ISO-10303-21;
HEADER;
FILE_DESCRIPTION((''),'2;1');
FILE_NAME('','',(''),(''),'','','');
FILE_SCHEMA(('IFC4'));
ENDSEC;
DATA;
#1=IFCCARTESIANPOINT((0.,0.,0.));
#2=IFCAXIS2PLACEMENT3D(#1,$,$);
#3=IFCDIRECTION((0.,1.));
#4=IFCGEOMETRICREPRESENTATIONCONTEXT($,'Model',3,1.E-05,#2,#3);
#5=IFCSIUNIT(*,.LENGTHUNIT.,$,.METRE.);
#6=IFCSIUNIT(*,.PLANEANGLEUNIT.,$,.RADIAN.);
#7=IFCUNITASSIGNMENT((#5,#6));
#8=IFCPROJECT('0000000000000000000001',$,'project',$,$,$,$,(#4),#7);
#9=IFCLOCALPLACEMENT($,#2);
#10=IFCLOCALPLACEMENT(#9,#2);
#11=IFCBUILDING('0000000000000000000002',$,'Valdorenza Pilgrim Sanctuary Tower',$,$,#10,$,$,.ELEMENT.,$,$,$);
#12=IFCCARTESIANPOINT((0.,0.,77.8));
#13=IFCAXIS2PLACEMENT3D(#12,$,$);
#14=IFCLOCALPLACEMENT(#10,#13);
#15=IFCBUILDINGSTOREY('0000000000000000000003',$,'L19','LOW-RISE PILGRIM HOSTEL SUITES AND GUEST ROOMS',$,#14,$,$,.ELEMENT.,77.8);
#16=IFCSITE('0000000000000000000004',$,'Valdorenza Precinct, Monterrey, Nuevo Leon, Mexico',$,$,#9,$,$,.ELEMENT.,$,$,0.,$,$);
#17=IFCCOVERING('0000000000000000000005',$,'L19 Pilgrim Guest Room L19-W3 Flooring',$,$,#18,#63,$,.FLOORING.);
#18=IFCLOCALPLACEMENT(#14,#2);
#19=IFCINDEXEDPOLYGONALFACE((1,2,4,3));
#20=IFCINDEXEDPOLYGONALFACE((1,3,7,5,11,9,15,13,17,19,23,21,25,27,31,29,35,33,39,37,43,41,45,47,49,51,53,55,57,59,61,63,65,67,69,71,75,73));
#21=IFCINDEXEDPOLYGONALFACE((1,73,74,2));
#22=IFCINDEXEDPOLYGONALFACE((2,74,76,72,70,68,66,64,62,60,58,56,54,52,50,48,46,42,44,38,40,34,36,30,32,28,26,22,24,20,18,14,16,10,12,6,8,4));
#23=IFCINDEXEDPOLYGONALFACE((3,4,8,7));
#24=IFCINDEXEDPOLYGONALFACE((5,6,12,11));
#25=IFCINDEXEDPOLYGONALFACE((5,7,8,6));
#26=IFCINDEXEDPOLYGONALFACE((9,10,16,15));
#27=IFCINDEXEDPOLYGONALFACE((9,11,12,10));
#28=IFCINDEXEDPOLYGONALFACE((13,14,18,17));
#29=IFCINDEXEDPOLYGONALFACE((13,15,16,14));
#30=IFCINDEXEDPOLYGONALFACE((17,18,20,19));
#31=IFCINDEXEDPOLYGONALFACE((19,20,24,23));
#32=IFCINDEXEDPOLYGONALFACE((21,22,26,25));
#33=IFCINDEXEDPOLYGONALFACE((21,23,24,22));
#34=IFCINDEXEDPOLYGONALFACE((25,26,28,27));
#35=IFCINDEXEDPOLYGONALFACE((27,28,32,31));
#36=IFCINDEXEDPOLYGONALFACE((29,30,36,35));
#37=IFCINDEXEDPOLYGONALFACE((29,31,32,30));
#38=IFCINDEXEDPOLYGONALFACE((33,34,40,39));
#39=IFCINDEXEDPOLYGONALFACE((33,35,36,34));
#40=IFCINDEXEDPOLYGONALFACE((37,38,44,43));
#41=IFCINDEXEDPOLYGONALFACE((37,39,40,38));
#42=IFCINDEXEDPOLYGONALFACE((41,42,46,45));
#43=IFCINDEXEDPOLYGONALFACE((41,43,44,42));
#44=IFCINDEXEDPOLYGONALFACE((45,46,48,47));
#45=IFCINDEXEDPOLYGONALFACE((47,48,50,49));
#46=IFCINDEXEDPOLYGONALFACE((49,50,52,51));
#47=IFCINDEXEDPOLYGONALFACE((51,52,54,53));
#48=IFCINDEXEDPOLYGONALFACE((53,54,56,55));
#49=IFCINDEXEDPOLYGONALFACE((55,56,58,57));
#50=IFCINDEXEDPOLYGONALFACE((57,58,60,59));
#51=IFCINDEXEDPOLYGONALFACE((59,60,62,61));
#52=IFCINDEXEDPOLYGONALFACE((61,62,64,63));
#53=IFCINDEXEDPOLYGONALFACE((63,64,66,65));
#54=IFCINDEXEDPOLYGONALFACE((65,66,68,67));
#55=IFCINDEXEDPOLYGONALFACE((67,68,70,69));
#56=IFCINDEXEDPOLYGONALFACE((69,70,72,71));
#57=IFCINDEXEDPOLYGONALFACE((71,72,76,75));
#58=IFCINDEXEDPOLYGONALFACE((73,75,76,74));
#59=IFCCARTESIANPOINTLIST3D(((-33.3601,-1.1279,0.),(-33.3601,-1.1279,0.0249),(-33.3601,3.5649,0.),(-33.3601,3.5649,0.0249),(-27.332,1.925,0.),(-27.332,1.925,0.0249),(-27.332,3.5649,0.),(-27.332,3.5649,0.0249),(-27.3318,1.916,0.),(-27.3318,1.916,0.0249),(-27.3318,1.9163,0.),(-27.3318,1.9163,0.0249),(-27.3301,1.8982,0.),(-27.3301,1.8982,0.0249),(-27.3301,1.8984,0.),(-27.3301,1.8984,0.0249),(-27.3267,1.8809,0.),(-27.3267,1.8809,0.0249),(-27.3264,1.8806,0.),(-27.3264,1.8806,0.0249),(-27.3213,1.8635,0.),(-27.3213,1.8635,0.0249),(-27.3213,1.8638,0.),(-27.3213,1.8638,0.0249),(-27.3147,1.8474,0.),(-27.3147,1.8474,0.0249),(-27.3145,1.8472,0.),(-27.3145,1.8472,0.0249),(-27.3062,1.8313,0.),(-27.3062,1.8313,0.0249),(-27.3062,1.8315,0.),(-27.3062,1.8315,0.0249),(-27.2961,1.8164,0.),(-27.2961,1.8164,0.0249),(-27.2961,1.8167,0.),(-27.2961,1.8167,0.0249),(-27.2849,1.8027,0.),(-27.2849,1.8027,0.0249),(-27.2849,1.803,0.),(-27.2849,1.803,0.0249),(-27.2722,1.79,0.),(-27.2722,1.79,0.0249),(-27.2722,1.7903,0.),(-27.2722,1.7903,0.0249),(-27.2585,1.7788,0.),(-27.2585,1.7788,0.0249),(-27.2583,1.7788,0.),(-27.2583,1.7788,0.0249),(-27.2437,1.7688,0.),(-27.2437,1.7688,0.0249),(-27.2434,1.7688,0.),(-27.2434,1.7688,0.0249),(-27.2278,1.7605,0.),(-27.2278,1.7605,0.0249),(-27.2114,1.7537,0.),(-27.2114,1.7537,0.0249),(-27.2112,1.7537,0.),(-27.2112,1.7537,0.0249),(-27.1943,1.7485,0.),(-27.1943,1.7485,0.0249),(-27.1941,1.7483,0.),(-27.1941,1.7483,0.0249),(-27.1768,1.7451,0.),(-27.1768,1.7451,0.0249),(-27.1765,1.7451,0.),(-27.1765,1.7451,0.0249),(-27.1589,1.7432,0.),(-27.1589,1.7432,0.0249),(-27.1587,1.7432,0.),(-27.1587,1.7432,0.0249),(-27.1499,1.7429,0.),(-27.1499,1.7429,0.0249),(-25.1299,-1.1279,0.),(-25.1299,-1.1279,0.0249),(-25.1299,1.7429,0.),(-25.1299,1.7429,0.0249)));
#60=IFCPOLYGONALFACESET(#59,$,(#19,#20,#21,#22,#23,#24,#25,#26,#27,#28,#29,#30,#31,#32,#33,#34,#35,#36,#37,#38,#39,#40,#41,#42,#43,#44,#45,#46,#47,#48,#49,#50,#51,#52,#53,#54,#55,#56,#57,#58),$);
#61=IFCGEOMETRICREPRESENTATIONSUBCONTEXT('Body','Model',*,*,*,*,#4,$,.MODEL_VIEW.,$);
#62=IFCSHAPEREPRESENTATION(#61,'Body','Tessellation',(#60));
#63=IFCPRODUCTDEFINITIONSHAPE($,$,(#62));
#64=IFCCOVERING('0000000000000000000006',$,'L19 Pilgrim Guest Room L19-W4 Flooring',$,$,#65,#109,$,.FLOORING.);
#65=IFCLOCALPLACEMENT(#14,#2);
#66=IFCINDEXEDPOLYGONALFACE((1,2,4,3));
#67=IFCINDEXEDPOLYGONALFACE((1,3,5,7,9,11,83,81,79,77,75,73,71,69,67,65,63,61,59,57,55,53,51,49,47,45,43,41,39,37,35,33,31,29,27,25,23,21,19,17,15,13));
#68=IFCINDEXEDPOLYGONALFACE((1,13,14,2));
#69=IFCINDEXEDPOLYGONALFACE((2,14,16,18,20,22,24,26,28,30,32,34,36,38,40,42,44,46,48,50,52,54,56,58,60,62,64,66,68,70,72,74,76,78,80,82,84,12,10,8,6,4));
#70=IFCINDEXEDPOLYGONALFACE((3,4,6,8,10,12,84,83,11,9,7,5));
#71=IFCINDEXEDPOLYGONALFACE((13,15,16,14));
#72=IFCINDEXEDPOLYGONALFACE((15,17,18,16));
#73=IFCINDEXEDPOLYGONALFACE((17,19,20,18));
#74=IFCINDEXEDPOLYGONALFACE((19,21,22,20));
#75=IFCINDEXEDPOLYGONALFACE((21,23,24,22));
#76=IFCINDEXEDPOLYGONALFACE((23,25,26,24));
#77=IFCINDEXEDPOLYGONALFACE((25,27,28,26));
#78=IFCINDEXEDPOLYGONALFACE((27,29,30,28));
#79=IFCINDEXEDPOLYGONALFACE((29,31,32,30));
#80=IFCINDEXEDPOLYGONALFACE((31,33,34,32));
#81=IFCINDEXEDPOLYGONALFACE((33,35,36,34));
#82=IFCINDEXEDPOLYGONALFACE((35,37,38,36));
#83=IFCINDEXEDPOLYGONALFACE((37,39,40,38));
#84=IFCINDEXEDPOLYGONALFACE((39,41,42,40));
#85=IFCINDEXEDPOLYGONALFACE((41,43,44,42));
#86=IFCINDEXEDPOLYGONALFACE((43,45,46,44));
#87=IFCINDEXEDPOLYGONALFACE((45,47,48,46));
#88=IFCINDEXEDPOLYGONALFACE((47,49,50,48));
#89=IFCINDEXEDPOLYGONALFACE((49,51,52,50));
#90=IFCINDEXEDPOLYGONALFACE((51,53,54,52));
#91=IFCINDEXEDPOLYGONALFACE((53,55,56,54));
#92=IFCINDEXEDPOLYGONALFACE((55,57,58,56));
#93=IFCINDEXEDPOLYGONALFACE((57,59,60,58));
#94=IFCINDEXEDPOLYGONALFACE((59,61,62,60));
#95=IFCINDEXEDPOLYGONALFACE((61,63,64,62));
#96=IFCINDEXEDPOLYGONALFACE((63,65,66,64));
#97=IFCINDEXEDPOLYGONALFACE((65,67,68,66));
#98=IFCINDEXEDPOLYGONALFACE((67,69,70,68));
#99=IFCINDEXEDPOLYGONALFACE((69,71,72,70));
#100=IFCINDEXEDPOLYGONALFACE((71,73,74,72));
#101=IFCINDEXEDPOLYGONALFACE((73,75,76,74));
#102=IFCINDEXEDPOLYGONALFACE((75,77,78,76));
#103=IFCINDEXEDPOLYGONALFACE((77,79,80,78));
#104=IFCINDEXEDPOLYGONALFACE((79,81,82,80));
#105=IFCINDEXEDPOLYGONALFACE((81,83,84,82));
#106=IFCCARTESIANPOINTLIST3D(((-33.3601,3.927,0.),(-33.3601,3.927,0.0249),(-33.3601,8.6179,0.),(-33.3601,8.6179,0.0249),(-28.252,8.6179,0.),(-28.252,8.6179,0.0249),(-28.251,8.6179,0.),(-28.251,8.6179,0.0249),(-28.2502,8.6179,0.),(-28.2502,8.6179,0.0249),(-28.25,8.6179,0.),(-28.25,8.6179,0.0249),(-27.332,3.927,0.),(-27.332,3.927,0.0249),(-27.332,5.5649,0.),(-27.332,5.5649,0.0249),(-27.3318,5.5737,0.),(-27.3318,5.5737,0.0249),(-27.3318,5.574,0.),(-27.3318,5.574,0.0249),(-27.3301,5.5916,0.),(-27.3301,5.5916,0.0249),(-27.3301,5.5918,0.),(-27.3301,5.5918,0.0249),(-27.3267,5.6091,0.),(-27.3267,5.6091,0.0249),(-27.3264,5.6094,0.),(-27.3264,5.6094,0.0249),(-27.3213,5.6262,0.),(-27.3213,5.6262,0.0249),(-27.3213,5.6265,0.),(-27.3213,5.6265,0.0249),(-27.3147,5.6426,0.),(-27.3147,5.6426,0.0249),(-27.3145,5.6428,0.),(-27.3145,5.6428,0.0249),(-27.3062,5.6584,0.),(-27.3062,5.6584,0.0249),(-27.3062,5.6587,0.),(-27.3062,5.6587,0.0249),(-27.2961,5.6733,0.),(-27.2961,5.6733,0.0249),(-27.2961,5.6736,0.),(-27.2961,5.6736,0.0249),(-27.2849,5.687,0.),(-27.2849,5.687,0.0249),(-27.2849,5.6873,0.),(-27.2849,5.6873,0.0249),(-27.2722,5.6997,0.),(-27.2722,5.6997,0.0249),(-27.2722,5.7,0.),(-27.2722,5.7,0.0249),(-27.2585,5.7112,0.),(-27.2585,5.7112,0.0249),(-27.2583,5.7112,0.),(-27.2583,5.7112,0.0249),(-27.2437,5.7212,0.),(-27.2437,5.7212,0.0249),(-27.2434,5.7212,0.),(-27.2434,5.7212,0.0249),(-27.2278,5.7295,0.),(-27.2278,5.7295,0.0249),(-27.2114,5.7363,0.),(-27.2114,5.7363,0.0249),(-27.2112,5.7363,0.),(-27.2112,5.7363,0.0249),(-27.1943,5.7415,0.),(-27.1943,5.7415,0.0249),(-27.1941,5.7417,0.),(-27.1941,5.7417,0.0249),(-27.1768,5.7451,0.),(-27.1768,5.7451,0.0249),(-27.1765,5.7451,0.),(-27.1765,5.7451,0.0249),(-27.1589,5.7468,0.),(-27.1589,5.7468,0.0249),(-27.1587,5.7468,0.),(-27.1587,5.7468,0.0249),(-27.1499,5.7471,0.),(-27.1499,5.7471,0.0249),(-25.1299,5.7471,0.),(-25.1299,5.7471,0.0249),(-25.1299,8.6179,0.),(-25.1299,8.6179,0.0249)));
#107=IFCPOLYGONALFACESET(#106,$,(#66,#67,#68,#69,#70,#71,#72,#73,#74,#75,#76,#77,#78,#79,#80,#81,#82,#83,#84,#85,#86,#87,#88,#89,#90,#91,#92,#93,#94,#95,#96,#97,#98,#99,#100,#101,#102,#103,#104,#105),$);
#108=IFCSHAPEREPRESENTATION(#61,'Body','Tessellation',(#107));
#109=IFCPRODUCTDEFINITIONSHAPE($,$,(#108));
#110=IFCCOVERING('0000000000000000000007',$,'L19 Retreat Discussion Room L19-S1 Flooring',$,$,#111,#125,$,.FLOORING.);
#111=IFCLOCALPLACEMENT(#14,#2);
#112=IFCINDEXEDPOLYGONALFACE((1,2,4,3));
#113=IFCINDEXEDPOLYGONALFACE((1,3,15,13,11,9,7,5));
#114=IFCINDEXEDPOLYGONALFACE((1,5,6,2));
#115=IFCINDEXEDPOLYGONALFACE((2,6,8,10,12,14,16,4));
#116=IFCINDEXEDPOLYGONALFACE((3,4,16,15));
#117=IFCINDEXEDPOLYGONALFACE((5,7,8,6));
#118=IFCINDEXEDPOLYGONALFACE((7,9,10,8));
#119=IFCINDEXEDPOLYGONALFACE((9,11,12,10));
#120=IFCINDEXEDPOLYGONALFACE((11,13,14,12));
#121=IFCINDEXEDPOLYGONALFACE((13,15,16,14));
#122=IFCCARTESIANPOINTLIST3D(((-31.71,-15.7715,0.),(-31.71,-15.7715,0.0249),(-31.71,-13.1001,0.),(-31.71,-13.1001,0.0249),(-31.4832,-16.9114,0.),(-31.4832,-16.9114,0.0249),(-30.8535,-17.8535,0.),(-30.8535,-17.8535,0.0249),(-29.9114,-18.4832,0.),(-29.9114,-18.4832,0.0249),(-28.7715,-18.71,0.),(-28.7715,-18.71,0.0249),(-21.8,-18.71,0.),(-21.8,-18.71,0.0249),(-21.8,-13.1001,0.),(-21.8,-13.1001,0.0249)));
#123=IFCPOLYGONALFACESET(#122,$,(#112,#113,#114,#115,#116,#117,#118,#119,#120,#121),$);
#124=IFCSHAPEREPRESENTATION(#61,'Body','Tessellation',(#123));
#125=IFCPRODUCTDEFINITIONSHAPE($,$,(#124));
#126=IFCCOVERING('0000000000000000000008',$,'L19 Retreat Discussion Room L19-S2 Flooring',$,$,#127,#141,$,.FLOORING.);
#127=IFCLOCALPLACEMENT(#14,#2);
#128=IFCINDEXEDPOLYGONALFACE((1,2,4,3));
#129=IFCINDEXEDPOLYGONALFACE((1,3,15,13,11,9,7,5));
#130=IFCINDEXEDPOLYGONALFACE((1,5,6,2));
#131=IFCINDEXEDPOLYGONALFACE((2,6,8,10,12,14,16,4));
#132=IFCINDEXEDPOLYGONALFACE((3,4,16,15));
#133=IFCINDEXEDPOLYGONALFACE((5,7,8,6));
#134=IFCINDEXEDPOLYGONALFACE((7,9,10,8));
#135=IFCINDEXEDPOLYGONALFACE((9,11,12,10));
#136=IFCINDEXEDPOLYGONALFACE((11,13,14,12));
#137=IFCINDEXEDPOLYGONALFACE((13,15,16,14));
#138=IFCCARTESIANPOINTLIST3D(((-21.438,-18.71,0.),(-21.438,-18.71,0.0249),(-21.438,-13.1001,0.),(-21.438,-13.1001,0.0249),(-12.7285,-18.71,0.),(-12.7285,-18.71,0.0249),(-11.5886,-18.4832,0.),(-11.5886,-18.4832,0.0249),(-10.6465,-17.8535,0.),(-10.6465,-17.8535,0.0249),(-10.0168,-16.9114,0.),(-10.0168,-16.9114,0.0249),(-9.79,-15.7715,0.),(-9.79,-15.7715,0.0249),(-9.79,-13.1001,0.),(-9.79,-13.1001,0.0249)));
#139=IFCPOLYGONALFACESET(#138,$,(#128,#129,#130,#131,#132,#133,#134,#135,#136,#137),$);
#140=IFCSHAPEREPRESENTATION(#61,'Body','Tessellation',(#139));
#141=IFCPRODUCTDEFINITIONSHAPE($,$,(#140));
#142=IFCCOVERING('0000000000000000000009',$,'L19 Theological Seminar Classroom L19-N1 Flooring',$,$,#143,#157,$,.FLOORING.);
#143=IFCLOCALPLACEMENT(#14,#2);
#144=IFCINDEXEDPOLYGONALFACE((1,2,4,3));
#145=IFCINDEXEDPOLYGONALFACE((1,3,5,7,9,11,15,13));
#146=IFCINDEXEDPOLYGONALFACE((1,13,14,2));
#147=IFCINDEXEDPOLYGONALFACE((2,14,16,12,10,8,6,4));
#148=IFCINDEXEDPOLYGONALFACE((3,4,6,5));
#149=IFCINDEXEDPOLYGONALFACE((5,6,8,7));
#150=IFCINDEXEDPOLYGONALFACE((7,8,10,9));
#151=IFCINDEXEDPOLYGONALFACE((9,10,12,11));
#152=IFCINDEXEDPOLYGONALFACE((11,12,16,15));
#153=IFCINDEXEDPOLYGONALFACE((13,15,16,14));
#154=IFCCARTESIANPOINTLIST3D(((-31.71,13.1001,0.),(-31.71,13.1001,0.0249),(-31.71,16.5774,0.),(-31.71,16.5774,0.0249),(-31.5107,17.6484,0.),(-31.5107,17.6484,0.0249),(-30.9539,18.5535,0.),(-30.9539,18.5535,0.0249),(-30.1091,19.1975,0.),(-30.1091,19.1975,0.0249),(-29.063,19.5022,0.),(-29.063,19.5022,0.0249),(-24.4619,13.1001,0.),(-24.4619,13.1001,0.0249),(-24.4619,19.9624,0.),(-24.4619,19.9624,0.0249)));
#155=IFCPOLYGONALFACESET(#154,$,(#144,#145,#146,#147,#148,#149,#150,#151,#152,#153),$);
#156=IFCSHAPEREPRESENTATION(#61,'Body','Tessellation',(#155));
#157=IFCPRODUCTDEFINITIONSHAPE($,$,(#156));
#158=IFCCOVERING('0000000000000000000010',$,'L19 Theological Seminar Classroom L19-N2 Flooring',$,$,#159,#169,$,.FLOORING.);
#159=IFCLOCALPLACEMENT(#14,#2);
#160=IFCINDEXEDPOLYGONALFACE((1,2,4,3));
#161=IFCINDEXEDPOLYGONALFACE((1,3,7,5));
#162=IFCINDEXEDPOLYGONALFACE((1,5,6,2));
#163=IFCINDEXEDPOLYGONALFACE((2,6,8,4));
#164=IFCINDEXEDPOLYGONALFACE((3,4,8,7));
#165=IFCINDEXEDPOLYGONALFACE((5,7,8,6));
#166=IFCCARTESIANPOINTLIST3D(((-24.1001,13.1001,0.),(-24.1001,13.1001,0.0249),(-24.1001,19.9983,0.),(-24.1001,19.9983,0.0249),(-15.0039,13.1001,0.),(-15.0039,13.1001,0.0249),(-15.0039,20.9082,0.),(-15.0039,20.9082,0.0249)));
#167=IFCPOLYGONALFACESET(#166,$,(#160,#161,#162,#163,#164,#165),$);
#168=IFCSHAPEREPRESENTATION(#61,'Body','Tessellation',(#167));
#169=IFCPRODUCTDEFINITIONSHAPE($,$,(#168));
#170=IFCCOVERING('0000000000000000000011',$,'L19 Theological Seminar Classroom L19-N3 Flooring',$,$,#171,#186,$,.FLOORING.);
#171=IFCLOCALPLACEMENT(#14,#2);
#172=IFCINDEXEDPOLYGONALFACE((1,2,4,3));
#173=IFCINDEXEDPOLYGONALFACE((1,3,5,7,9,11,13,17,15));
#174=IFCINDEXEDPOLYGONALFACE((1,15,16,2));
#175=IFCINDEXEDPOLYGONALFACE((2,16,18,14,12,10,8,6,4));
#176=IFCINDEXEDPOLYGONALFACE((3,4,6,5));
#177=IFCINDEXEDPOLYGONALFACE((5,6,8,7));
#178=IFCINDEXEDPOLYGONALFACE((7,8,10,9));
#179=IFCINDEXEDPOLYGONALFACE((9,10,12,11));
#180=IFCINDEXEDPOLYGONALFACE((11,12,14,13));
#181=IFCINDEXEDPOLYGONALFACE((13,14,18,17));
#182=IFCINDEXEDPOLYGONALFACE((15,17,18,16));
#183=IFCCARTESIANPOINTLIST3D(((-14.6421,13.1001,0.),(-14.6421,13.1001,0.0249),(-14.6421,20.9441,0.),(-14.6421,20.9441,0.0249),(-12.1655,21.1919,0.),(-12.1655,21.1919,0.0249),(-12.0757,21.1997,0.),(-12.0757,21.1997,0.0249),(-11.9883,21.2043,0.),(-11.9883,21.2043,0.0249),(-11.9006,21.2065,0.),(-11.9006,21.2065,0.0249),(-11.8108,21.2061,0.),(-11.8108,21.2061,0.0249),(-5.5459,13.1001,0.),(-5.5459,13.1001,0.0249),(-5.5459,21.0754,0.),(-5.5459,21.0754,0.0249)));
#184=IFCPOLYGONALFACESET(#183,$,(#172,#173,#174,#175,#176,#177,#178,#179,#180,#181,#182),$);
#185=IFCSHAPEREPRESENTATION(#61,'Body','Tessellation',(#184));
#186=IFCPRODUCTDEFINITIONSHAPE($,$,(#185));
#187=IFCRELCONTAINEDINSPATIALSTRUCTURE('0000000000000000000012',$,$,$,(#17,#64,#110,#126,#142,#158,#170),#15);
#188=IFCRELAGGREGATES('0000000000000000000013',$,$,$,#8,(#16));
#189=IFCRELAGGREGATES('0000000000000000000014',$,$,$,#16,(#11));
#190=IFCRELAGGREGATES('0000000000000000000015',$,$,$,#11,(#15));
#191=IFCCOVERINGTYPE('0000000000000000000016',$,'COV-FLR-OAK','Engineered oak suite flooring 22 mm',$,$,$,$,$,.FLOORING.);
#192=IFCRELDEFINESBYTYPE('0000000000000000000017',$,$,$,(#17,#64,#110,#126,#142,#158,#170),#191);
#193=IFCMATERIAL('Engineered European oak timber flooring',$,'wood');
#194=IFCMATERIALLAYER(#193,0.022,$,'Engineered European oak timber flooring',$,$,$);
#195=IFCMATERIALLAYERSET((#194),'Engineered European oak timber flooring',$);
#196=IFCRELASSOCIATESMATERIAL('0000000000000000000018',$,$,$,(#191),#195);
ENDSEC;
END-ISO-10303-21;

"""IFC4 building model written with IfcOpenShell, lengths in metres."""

from ifc_helpers import new_model, si_unit, direction, frame, origin, place, context, subcontext, project, spatial, polyline, outline, extrude, material, layer, layer_set, type_object, element, save


model = new_model("IFC4")

# Units and contexts
model_context = context("Model", 3, precision=1e-05, world=origin(), true_north=direction((0.0, 1.0)))
body_context = subcontext(model_context, "Body", "Model", "MODEL_VIEW")
ifc_project = project(units=[si_unit("LENGTHUNIT", "METRE"), si_unit("PLANEANGLEUNIT", "RADIAN")], contexts=[model_context])

# Site, building, storey
site_placement = place(None, origin())
site = spatial("IfcSite", under=ifc_project, at=site_placement, Name="Valdorenza Precinct, Monterrey, Nuevo Leon, Mexico", CompositionType="ELEMENT", RefElevation=0.0)
building_placement = place(site_placement, origin())
building = spatial("IfcBuilding", under=site, at=building_placement, Name="Valdorenza Pilgrim Sanctuary Tower", CompositionType="ELEMENT")
storey_placement = place(building_placement, frame((0.0, 0.0, 77.8)))
storey = spatial("IfcBuildingStorey", under=building, at=storey_placement, Name="L19", Description="LOW-RISE PILGRIM HOSTEL SUITES AND GUEST ROOMS", CompositionType="ELEMENT", Elevation=77.8)

# Coverings
ifc_material_1 = material(Name="Engineered European oak timber flooring", Category="wood")
ifc_layer_1 = layer(ifc_material_1, 0.022, Name="Engineered European oak timber flooring")
ifc_layer_set_1 = layer_set([ifc_layer_1], Name="Engineered European oak timber flooring")
covering_type_1 = type_object("IfcCoveringType", Name="COV-FLR-OAK", Description="Engineered oak suite flooring 22 mm", PredefinedType="FLOORING", material=ifc_layer_set_1)
covering_1_placement = place(storey_placement, origin())
element("IfcCovering", 1, at=covering_1_placement, inside=storey, type_object=covering_type_1, Name="L19 Pilgrim Guest Room L19-W3 Flooring", PredefinedType="FLOORING", context=body_context, shape_type="SweptSolid", body=[
    extrude(outline(polyline([(-33.3601, 3.5649), (-27.332, 3.5649), (-27.332, 1.925), (-27.3318, 1.9163), (-27.3318, 1.916), (-27.3301, 1.8984), (-27.3301, 1.8982), (-27.3267, 1.8809), (-27.3264, 1.8806), (-27.3213, 1.8638), (-27.3213, 1.8635), (-27.3147, 1.8474), (-27.3145, 1.8472), (-27.3062, 1.8315), (-27.3062, 1.8313), (-27.2961, 1.8167), (-27.2961, 1.8164), (-27.2849, 1.803), (-27.2849, 1.8027), (-27.2722, 1.7903), (-27.2722, 1.79), (-27.2585, 1.7788), (-27.2583, 1.7788), (-27.2437, 1.7688), (-27.2434, 1.7688), (-27.2278, 1.7605), (-27.2278, 1.7605), (-27.2114, 1.7537), (-27.2112, 1.7537), (-27.1943, 1.7485), (-27.1941, 1.7483), (-27.1768, 1.7451), (-27.1765, 1.7451), (-27.1589, 1.7432), (-27.1587, 1.7432), (-27.1499, 1.7429), (-25.1299, 1.7429), (-25.1299, -1.1279), (-33.3601, -1.1279), (-33.3601, 3.5649)])), origin(), (0.0, 0.0, 1.0), 0.0249),
])
covering_2_placement = place(storey_placement, origin())
element("IfcCovering", 2, at=covering_2_placement, inside=storey, type_object=covering_type_1, Name="L19 Pilgrim Guest Room L19-W4 Flooring", PredefinedType="FLOORING", context=body_context, shape_type="SweptSolid", body=[
    extrude(outline(polyline([(-28.2502, 8.6179), (-28.25, 8.6179), (-25.1299, 8.6179), (-25.1299, 5.7471), (-27.1499, 5.7471), (-27.1587, 5.7468), (-27.1589, 5.7468), (-27.1765, 5.7451), (-27.1768, 5.7451), (-27.1941, 5.7417), (-27.1943, 5.7415), (-27.2112, 5.7363), (-27.2114, 5.7363), (-27.2278, 5.7295), (-27.2278, 5.7295), (-27.2434, 5.7212), (-27.2437, 5.7212), (-27.2583, 5.7112), (-27.2585, 5.7112), (-27.2722, 5.7), (-27.2722, 5.6997), (-27.2849, 5.6873), (-27.2849, 5.687), (-27.2961, 5.6736), (-27.2961, 5.6733), (-27.3062, 5.6587), (-27.3062, 5.6584), (-27.3145, 5.6428), (-27.3147, 5.6426), (-27.3213, 5.6265), (-27.3213, 5.6262), (-27.3264, 5.6094), (-27.3267, 5.6091), (-27.3301, 5.5918), (-27.3301, 5.5916), (-27.3318, 5.574), (-27.3318, 5.5737), (-27.332, 5.5649), (-27.332, 3.927), (-33.3601, 3.927), (-33.3601, 8.6179), (-28.252, 8.6179), (-28.251, 8.6179), (-28.2502, 8.6179)])), origin(), (0.0, 0.0, 1.0), 0.0249),
])
covering_3_placement = place(storey_placement, origin())
element("IfcCovering", 3, at=covering_3_placement, inside=storey, type_object=covering_type_1, Name="L19 Retreat Discussion Room L19-S1 Flooring", PredefinedType="FLOORING", context=body_context, shape_type="SweptSolid", body=[
    extrude(outline(polyline([(-21.8, -18.71), (-28.7715, -18.71), (-29.9114, -18.4832), (-30.8535, -17.8535), (-31.4832, -16.9114), (-31.71, -15.7715), (-31.71, -13.1001), (-21.8, -13.1001), (-21.8, -18.71)])), origin(), (0.0, 0.0, 1.0), 0.0249),
])
covering_4_placement = place(storey_placement, origin())
element("IfcCovering", 4, at=covering_4_placement, inside=storey, type_object=covering_type_1, Name="L19 Retreat Discussion Room L19-S2 Flooring", PredefinedType="FLOORING", context=body_context, shape_type="SweptSolid", body=[
    extrude(outline(polyline([(-9.79, -13.1001), (-9.79, -15.7715), (-10.0168, -16.9114), (-10.6465, -17.8535), (-11.5886, -18.4832), (-12.7285, -18.71), (-21.438, -18.71), (-21.438, -13.1001), (-9.79, -13.1001)])), origin(), (0.0, 0.0, 1.0), 0.0249),
])
covering_5_placement = place(storey_placement, origin())
element("IfcCovering", 5, at=covering_5_placement, inside=storey, type_object=covering_type_1, Name="L19 Theological Seminar Classroom L19-N1 Flooring", PredefinedType="FLOORING", context=body_context, shape_type="SweptSolid", body=[
    extrude(outline(polyline([(-31.71, 13.1001), (-31.71, 16.5774), (-31.5107, 17.6484), (-30.9539, 18.5535), (-30.1091, 19.1975), (-29.063, 19.5022), (-24.4619, 19.9624), (-24.4619, 13.1001), (-31.71, 13.1001)])), origin(), (0.0, 0.0, 1.0), 0.0249),
])
covering_6_placement = place(storey_placement, origin())
element("IfcCovering", 6, at=covering_6_placement, inside=storey, type_object=covering_type_1, Name="L19 Theological Seminar Classroom L19-N2 Flooring", PredefinedType="FLOORING", context=body_context, shape_type="SweptSolid", body=[
    extrude(outline(polyline([(-24.1001, 13.1001), (-24.1001, 19.9983), (-15.0039, 20.9082), (-15.0039, 13.1001), (-24.1001, 13.1001)])), origin(), (0.0, 0.0, 1.0), 0.0249),
])
covering_7_placement = place(storey_placement, origin())
element("IfcCovering", 7, at=covering_7_placement, inside=storey, type_object=covering_type_1, Name="L19 Theological Seminar Classroom L19-N3 Flooring", PredefinedType="FLOORING", context=body_context, shape_type="SweptSolid", body=[
    extrude(outline(polyline([(-14.6421, 13.1001), (-14.6421, 20.9441), (-12.1655, 21.1919), (-12.0757, 21.1997), (-11.9883, 21.2043), (-11.9006, 21.2065), (-11.8108, 21.2061), (-5.5459, 21.0754), (-5.5459, 13.1001), (-14.6421, 13.1001)])), origin(), (0.0, 0.0, 1.0), 0.0249),
])

save(model, "model.ifc")
